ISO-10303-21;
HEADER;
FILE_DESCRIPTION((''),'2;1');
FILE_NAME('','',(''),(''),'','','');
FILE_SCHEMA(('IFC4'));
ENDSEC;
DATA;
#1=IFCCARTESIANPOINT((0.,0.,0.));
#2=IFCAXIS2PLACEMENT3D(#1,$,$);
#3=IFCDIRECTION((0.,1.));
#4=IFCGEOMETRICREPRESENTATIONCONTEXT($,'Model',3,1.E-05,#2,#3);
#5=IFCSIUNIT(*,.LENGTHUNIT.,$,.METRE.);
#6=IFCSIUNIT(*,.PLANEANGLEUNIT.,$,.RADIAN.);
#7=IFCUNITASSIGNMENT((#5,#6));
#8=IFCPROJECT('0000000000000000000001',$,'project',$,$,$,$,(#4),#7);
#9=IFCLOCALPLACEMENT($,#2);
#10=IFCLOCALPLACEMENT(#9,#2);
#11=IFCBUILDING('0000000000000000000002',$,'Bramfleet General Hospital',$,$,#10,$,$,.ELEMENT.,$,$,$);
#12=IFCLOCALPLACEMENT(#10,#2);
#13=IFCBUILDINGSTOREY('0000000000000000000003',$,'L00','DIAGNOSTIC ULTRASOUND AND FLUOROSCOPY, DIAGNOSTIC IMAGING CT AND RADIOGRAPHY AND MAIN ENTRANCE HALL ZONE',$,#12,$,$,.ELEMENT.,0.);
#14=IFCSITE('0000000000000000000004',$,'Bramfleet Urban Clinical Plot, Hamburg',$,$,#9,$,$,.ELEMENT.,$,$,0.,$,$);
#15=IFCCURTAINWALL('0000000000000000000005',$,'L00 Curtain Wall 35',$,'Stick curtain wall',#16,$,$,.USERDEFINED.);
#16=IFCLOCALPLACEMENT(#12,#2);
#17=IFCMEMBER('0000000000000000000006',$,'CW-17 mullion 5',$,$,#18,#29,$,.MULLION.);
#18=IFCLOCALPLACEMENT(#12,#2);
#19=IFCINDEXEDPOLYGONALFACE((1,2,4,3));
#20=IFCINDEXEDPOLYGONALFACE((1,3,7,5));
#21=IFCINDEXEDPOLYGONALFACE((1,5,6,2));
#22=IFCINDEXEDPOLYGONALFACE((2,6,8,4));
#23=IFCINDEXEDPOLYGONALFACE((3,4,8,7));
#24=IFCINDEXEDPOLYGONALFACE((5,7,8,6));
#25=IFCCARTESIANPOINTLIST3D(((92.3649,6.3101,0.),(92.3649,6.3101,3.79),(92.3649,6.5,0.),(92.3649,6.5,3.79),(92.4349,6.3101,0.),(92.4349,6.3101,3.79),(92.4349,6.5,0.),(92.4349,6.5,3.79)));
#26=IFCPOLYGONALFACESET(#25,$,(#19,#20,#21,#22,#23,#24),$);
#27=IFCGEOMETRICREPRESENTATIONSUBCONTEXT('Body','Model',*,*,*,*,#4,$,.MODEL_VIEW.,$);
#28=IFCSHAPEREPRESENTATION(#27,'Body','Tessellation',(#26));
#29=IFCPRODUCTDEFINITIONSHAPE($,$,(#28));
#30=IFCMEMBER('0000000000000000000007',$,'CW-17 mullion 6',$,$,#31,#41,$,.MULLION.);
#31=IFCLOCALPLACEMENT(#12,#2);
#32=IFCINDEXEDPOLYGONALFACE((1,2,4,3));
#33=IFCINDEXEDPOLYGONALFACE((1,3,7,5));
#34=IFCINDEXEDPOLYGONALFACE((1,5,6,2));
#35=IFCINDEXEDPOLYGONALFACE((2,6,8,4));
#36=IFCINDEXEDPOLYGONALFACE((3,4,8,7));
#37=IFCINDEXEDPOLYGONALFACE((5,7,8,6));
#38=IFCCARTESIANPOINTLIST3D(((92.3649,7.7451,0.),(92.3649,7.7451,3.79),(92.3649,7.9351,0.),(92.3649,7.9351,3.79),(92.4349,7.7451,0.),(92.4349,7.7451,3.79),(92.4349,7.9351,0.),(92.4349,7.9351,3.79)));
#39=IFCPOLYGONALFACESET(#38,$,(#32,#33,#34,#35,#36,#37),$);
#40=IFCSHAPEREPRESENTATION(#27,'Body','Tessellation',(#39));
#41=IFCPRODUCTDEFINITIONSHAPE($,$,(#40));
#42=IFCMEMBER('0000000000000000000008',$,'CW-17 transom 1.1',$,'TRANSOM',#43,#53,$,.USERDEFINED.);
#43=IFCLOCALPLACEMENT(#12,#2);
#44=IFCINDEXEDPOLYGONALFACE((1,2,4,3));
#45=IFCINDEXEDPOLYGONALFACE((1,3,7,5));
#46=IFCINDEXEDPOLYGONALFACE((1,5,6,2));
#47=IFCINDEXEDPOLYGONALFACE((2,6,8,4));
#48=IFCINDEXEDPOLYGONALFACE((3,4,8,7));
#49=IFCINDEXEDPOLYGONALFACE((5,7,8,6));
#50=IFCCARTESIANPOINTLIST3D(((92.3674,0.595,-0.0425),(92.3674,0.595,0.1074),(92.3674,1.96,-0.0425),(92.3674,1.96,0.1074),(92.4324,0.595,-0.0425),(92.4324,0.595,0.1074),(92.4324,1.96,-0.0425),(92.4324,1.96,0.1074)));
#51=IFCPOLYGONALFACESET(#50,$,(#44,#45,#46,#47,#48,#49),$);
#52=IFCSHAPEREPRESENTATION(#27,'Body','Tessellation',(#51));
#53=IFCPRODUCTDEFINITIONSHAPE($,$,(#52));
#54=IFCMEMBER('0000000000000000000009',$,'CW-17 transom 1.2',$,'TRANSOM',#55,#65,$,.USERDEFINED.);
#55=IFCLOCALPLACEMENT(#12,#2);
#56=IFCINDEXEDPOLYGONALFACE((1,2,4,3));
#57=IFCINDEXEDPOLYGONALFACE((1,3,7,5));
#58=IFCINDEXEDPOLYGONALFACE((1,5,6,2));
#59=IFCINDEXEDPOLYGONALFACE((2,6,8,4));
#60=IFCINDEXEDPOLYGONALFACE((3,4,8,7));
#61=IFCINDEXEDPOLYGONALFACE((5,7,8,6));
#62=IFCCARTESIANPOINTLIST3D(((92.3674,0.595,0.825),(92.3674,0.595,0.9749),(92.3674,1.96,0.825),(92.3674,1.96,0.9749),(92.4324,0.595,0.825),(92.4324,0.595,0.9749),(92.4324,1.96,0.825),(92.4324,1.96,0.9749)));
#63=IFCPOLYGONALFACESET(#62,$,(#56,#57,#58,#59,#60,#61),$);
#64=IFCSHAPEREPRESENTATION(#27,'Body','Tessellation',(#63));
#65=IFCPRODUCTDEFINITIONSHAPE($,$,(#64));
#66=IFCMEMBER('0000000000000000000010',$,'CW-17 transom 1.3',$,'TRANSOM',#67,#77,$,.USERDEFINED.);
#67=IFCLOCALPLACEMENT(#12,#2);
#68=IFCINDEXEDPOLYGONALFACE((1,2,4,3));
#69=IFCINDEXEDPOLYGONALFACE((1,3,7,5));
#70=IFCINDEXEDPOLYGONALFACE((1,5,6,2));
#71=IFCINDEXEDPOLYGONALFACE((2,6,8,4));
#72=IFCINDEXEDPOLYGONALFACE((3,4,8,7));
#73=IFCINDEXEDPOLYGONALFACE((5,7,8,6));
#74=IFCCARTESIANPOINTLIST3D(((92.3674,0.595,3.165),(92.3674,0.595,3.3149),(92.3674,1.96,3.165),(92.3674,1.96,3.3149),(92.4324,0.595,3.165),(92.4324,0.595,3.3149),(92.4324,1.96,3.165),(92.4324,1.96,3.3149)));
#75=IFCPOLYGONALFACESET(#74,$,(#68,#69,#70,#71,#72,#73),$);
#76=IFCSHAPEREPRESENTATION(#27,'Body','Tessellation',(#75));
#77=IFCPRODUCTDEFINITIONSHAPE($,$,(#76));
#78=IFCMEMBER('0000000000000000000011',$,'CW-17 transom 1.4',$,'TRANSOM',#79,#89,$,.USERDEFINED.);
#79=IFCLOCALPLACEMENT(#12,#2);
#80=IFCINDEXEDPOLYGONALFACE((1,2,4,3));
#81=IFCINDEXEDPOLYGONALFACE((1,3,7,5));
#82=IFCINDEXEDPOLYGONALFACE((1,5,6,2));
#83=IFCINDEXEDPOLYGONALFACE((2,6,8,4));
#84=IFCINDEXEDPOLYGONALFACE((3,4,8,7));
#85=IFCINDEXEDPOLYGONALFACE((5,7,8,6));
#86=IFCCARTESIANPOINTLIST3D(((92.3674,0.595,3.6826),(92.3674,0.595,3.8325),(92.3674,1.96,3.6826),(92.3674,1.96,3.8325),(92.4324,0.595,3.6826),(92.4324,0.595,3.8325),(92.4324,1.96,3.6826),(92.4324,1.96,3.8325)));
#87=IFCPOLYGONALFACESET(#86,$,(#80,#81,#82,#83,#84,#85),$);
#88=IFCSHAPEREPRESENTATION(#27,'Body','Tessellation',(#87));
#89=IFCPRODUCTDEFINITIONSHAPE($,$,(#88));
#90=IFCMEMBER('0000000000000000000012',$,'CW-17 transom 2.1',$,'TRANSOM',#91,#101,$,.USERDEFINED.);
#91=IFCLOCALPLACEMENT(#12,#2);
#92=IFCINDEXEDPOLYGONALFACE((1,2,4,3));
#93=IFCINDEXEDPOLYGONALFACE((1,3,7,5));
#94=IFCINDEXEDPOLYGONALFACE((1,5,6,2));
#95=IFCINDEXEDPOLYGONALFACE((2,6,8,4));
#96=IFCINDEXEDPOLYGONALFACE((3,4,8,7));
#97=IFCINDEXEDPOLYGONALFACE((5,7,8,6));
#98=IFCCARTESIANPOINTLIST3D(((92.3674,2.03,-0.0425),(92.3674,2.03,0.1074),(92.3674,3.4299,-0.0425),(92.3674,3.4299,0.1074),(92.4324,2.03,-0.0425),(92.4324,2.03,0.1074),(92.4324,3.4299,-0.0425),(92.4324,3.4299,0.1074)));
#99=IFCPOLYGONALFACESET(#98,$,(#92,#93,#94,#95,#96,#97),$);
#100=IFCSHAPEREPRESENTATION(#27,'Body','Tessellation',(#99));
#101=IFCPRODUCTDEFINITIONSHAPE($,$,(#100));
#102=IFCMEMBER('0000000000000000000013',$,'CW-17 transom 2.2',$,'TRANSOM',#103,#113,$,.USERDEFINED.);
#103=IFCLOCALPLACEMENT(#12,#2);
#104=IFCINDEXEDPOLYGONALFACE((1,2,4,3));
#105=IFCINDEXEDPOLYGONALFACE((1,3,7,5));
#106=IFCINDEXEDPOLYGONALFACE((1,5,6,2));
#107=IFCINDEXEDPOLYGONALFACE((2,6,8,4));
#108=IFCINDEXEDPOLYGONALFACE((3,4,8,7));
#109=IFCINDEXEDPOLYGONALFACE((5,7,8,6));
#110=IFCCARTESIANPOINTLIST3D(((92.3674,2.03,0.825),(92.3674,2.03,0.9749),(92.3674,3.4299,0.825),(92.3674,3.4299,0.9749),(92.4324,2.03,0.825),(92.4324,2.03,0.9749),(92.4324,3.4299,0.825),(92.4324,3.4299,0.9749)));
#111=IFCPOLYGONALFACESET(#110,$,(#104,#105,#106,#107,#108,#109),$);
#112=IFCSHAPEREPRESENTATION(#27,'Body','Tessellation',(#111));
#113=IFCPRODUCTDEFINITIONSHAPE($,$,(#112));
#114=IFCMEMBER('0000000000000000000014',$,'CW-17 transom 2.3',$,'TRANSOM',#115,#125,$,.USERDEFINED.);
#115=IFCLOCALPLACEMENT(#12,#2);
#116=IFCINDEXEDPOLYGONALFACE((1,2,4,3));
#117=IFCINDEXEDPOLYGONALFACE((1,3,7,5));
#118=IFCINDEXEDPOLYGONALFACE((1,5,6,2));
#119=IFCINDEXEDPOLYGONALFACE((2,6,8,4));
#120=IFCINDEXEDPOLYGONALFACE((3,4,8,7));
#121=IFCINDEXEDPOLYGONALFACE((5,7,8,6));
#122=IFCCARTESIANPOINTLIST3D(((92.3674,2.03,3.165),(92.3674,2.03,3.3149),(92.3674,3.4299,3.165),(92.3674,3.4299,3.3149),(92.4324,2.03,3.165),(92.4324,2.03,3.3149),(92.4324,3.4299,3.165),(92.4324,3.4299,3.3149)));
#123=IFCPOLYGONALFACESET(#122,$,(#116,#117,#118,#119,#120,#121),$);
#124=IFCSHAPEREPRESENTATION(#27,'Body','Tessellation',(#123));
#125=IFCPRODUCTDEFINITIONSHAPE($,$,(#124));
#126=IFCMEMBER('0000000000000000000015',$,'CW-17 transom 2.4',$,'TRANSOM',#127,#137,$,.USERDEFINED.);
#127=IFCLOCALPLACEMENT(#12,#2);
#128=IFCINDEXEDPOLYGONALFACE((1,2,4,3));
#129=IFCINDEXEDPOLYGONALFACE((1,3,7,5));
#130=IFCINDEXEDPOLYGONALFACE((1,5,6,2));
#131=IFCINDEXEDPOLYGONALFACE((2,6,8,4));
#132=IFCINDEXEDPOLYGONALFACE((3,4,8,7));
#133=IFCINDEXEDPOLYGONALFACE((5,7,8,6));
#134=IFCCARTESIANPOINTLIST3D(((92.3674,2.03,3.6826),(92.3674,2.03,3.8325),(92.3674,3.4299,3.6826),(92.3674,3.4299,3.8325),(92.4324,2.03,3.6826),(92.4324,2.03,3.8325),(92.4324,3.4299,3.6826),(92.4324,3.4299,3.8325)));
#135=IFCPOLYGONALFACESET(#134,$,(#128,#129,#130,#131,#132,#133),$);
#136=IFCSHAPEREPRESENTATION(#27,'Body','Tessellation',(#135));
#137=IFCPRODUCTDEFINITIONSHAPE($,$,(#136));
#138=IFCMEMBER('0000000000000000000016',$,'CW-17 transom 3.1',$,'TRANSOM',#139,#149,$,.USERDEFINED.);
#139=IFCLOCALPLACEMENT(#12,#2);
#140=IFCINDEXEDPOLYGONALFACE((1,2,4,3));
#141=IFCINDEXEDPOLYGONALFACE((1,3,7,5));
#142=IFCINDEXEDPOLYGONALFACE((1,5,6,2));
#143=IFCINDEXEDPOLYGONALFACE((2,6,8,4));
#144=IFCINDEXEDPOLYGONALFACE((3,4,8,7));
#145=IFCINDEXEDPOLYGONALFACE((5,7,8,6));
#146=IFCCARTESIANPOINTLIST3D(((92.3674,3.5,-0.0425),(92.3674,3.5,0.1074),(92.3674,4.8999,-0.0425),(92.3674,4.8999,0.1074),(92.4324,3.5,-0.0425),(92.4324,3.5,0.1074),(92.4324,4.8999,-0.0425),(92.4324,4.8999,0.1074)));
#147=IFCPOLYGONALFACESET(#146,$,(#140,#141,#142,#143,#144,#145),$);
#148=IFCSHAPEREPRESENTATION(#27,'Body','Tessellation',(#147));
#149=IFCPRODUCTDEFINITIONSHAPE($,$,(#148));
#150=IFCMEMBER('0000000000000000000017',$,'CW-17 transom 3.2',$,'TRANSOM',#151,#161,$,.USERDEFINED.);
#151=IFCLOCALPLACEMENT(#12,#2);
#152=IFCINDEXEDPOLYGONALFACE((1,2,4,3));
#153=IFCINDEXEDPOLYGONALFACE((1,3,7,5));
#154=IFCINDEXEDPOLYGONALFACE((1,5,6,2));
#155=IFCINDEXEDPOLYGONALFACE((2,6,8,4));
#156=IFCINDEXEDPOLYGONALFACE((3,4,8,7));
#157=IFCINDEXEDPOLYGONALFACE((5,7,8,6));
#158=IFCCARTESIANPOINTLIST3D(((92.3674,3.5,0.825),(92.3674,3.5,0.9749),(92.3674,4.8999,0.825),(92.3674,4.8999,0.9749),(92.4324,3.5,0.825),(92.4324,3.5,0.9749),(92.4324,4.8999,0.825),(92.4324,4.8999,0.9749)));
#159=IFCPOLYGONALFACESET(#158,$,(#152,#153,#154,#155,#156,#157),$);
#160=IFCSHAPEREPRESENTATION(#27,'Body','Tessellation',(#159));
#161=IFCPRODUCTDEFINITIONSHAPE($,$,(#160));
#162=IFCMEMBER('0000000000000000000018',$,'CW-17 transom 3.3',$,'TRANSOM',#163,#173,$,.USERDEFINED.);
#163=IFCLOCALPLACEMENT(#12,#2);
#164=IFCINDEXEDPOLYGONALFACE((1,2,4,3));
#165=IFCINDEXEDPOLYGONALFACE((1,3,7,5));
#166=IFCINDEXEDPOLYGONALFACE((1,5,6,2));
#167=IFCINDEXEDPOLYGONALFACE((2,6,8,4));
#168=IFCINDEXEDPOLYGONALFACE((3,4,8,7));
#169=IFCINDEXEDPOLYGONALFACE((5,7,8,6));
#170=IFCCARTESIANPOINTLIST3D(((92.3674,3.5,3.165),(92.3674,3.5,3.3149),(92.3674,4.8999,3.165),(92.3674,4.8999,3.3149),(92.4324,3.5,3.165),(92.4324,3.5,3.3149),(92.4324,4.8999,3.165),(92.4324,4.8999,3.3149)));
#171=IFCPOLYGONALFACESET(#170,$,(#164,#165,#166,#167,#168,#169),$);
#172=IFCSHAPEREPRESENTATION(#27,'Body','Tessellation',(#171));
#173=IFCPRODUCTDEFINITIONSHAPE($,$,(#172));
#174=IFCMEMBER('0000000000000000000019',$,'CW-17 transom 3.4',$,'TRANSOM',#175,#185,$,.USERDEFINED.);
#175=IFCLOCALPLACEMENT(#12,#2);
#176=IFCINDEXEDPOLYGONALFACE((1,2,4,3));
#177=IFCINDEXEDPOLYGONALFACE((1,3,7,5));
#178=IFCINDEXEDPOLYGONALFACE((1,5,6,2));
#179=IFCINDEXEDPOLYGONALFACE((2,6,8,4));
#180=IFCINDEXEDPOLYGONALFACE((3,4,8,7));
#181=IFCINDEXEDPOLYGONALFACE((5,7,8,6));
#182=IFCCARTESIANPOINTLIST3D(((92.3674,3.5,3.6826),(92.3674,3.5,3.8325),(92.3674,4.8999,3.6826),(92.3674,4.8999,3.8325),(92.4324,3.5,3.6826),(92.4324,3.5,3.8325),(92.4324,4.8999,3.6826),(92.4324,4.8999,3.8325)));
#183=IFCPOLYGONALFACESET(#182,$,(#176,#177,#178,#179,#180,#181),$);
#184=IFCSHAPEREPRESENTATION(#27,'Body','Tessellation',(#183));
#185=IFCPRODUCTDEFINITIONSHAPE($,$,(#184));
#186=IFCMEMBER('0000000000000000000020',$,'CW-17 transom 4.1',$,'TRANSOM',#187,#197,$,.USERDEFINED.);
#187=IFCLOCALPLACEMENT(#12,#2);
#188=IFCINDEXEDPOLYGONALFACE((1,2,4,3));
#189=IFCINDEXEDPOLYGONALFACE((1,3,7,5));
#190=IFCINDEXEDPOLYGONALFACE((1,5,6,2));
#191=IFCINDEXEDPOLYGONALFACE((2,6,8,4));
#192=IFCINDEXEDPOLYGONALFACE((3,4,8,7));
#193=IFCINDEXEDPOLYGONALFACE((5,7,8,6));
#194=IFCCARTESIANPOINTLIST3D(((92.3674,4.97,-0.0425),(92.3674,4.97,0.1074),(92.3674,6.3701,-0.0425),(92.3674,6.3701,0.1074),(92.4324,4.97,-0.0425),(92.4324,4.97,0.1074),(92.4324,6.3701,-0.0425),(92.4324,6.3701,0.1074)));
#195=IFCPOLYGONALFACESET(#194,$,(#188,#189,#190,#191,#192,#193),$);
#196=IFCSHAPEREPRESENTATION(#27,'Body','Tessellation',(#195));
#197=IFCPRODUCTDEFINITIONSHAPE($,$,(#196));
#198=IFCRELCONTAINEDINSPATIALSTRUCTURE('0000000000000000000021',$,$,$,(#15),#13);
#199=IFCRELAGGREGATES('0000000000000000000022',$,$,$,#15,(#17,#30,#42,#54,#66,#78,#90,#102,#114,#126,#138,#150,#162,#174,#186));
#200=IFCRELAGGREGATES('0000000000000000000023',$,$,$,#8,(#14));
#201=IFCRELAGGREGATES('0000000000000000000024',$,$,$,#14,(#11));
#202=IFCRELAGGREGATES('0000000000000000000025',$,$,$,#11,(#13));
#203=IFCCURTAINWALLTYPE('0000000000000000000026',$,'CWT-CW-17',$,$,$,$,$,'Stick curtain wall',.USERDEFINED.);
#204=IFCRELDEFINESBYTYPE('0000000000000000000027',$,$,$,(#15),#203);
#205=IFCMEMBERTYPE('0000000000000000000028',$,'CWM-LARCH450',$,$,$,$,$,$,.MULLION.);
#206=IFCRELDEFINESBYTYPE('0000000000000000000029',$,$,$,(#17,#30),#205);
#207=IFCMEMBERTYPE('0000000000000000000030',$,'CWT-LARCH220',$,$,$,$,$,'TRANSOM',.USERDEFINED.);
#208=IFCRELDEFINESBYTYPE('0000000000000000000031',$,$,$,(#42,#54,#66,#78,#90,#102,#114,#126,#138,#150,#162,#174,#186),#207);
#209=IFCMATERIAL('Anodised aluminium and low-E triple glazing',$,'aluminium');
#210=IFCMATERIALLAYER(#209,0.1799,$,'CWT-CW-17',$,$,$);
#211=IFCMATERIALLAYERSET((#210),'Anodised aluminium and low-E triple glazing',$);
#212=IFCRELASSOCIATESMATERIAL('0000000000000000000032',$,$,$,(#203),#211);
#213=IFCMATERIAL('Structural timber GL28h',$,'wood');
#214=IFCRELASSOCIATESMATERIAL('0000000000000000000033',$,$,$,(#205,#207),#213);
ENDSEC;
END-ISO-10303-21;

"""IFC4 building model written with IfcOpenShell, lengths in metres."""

from ifc_helpers import new_model, si_unit, direction, frame, origin, origin_2d, place, context, subcontext, project, spatial, rectangle, extrude, material, layer, layer_set, material_profile, profile_set, type_object, element, aggregate, save


model = new_model("IFC4")

# Units and contexts
model_context = context("Model", 3, precision=1e-05, world=origin(), true_north=direction((0.0, 1.0)))
body_context = subcontext(model_context, "Body", "Model", "MODEL_VIEW")
ifc_project = project(units=[si_unit("LENGTHUNIT", "METRE"), si_unit("PLANEANGLEUNIT", "RADIAN")], contexts=[model_context])

# Site, building, storey
site_placement = place(None, origin())
site = spatial("IfcSite", under=ifc_project, at=site_placement, Name="Bramfleet Urban Clinical Plot, Hamburg", CompositionType="ELEMENT", RefElevation=0.0)
building_placement = place(site_placement, origin())
building = spatial("IfcBuilding", under=site, at=building_placement, Name="Bramfleet General Hospital", CompositionType="ELEMENT")
storey_placement = place(building_placement, origin())
storey = spatial("IfcBuildingStorey", under=building, at=storey_placement, Name="L00", Description="DIAGNOSTIC ULTRASOUND AND FLUOROSCOPY, DIAGNOSTIC IMAGING CT AND RADIOGRAPHY AND MAIN ENTRANCE HALL ZONE", CompositionType="ELEMENT", Elevation=0.0)

# Curtain wall, members
ifc_material_1 = material(Name="Anodised aluminium and low-E triple glazing", Category="aluminium")
ifc_layer_1 = layer(ifc_material_1, 0.1799, Name="CWT-CW-17")
ifc_layer_set_1 = layer_set([ifc_layer_1], Name="Anodised aluminium and low-E triple glazing")
curtain_wall_type = type_object("IfcCurtainWallType", Name="CWT-CW-17", ElementType="Stick curtain wall", PredefinedType="USERDEFINED", material=ifc_layer_set_1)
curtain_wall_placement = place(storey_placement, origin())
curtain_wall = element("IfcCurtainWall", 1, at=curtain_wall_placement, inside=storey, type_object=curtain_wall_type, Name="L00 Curtain Wall 35", ObjectType="Stick curtain wall", PredefinedType="USERDEFINED")
ifc_material_2 = material(Name="Structural timber GL28h", Category="wood")
ifc_material_profile_1 = material_profile(ifc_material_2, rectangle(XDim=0.0701, YDim=0.1899, at=origin_2d()), Name="LARCH 190x70")
ifc_profile_set_1 = profile_set([ifc_material_profile_1], Name="Structural timber GL28h")
member_type_1 = type_object("IfcMemberType", Name="CWM-LARCH450", PredefinedType="MULLION", material=ifc_profile_set_1)
member_1_placement = place(storey_placement, frame((92.3999, 6.405, 0.0), z_axis=(0.0, 0.0, 1.0), x_axis=(-1.0, 0.0, 0.0)))
member_1 = element("IfcMember", 2, at=member_1_placement, type_object=member_type_1, Name="CW-17 mullion 5", PredefinedType="MULLION", context=body_context, shape_type="SweptSolid", body=[
    extrude(rectangle(XDim=0.0701, YDim=0.1899, at=origin_2d()), origin(), (0.0, 0.0, 1.0), 3.79),
])
member_2_placement = place(storey_placement, frame((92.3999, 7.8401, 0.0), z_axis=(0.0, 0.0, 1.0), x_axis=(-1.0, 0.0, 0.0)))
member_2 = element("IfcMember", 3, at=member_2_placement, type_object=member_type_1, Name="CW-17 mullion 6", PredefinedType="MULLION", context=body_context, shape_type="SweptSolid", body=[
    extrude(rectangle(XDim=0.0701, YDim=0.1899, at=origin_2d()), origin(), (0.0, 0.0, 1.0), 3.79),
])
ifc_material_profile_2 = material_profile(ifc_material_2, rectangle(XDim=0.0649, YDim=0.1499, at=origin_2d()), Name="LARCH 150x65")
ifc_profile_set_2 = profile_set([ifc_material_profile_2], Name="Structural timber GL28h")
member_type_2 = type_object("IfcMemberType", Name="CWT-LARCH220", ElementType="TRANSOM", PredefinedType="USERDEFINED", material=ifc_profile_set_2)
member_3_placement = place(storey_placement, frame((92.3999, 0.595, 0.0325), z_axis=(0.0, 1.0, 0.0), x_axis=(-1.0, 0.0, 0.0)))
member_3 = element("IfcMember", 4, at=member_3_placement, type_object=member_type_2, Name="CW-17 transom 1.1", ObjectType="TRANSOM", PredefinedType="USERDEFINED", context=body_context, shape_type="SweptSolid", body=[
    extrude(rectangle(XDim=0.0649, YDim=0.1499, at=origin_2d()), origin(), (0.0, 0.0, 1.0), 1.365),
])
member_4_placement = place(storey_placement, frame((92.3999, 0.595, 0.8999), z_axis=(0.0, 1.0, 0.0), x_axis=(-1.0, 0.0, 0.0)))
member_4 = element("IfcMember", 5, at=member_4_placement, type_object=member_type_2, Name="CW-17 transom 1.2", ObjectType="TRANSOM", PredefinedType="USERDEFINED", context=body_context, shape_type="SweptSolid", body=[
    extrude(rectangle(XDim=0.0649, YDim=0.1499, at=origin_2d()), origin(), (0.0, 0.0, 1.0), 1.365),
])
member_5_placement = place(storey_placement, frame((92.3999, 0.595, 3.24), z_axis=(0.0, 1.0, 0.0), x_axis=(-1.0, 0.0, 0.0)))
member_5 = element("IfcMember", 6, at=member_5_placement, type_object=member_type_2, Name="CW-17 transom 1.3", ObjectType="TRANSOM", PredefinedType="USERDEFINED", context=body_context, shape_type="SweptSolid", body=[
    extrude(rectangle(XDim=0.0649, YDim=0.1499, at=origin_2d()), origin(), (0.0, 0.0, 1.0), 1.365),
])
member_6_placement = place(storey_placement, frame((92.3999, 0.595, 3.7576), z_axis=(0.0, 1.0, 0.0), x_axis=(-1.0, 0.0, 0.0)))
member_6 = element("IfcMember", 7, at=member_6_placement, type_object=member_type_2, Name="CW-17 transom 1.4", ObjectType="TRANSOM", PredefinedType="USERDEFINED", context=body_context, shape_type="SweptSolid", body=[
    extrude(rectangle(XDim=0.0649, YDim=0.1499, at=origin_2d()), origin(), (0.0, 0.0, 1.0), 1.365),
])
member_7_placement = place(storey_placement, frame((92.3999, 2.03, 0.0325), z_axis=(0.0, 1.0, 0.0), x_axis=(-1.0, 0.0, 0.0)))
member_7 = element("IfcMember", 8, at=member_7_placement, type_object=member_type_2, Name="CW-17 transom 2.1", ObjectType="TRANSOM", PredefinedType="USERDEFINED", context=body_context, shape_type="SweptSolid", body=[
    extrude(rectangle(XDim=0.0649, YDim=0.1499, at=origin_2d()), origin(), (0.0, 0.0, 1.0), 1.3999),
])
member_8_placement = place(storey_placement, frame((92.3999, 2.03, 0.8999), z_axis=(0.0, 1.0, 0.0), x_axis=(-1.0, 0.0, 0.0)))
member_8 = element("IfcMember", 9, at=member_8_placement, type_object=member_type_2, Name="CW-17 transom 2.2", ObjectType="TRANSOM", PredefinedType="USERDEFINED", context=body_context, shape_type="SweptSolid", body=[
    extrude(rectangle(XDim=0.0649, YDim=0.1499, at=origin_2d()), origin(), (0.0, 0.0, 1.0), 1.3999),
])
member_9_placement = place(storey_placement, frame((92.3999, 2.03, 3.24), z_axis=(0.0, 1.0, 0.0), x_axis=(-1.0, 0.0, 0.0)))
member_9 = element("IfcMember", 10, at=member_9_placement, type_object=member_type_2, Name="CW-17 transom 2.3", ObjectType="TRANSOM", PredefinedType="USERDEFINED", context=body_context, shape_type="SweptSolid", body=[
    extrude(rectangle(XDim=0.0649, YDim=0.1499, at=origin_2d()), origin(), (0.0, 0.0, 1.0), 1.3999),
])
member_10_placement = place(storey_placement, frame((92.3999, 2.03, 3.7576), z_axis=(0.0, 1.0, 0.0), x_axis=(-1.0, 0.0, 0.0)))
member_10 = element("IfcMember", 11, at=member_10_placement, type_object=member_type_2, Name="CW-17 transom 2.4", ObjectType="TRANSOM", PredefinedType="USERDEFINED", context=body_context, shape_type="SweptSolid", body=[
    extrude(rectangle(XDim=0.0649, YDim=0.1499, at=origin_2d()), origin(), (0.0, 0.0, 1.0), 1.3999),
])
member_11_placement = place(storey_placement, frame((92.3999, 3.5, 0.0325), z_axis=(0.0, 1.0, 0.0), x_axis=(-1.0, 0.0, 0.0)))
member_11 = element("IfcMember", 12, at=member_11_placement, type_object=member_type_2, Name="CW-17 transom 3.1", ObjectType="TRANSOM", PredefinedType="USERDEFINED", context=body_context, shape_type="SweptSolid", body=[
    extrude(rectangle(XDim=0.0649, YDim=0.1499, at=origin_2d()), origin(), (0.0, 0.0, 1.0), 1.3999),
])
member_12_placement = place(storey_placement, frame((92.3999, 3.5, 0.8999), z_axis=(0.0, 1.0, 0.0), x_axis=(-1.0, 0.0, 0.0)))
member_12 = element("IfcMember", 13, at=member_12_placement, type_object=member_type_2, Name="CW-17 transom 3.2", ObjectType="TRANSOM", PredefinedType="USERDEFINED", context=body_context, shape_type="SweptSolid", body=[
    extrude(rectangle(XDim=0.0649, YDim=0.1499, at=origin_2d()), origin(), (0.0, 0.0, 1.0), 1.3999),
])
member_13_placement = place(storey_placement, frame((92.3999, 3.5, 3.24), z_axis=(0.0, 1.0, 0.0), x_axis=(-1.0, 0.0, 0.0)))
member_13 = element("IfcMember", 14, at=member_13_placement, type_object=member_type_2, Name="CW-17 transom 3.3", ObjectType="TRANSOM", PredefinedType="USERDEFINED", context=body_context, shape_type="SweptSolid", body=[
    extrude(rectangle(XDim=0.0649, YDim=0.1499, at=origin_2d()), origin(), (0.0, 0.0, 1.0), 1.3999),
])
member_14_placement = place(storey_placement, frame((92.3999, 3.5, 3.7576), z_axis=(0.0, 1.0, 0.0), x_axis=(-1.0, 0.0, 0.0)))
member_14 = element("IfcMember", 15, at=member_14_placement, type_object=member_type_2, Name="CW-17 transom 3.4", ObjectType="TRANSOM", PredefinedType="USERDEFINED", context=body_context, shape_type="SweptSolid", body=[
    extrude(rectangle(XDim=0.0649, YDim=0.1499, at=origin_2d()), origin(), (0.0, 0.0, 1.0), 1.3999),
])
member_15_placement = place(storey_placement, frame((92.3999, 4.97, 0.0325), z_axis=(0.0, 1.0, 0.0), x_axis=(-1.0, 0.0, 0.0)))
member_15 = element("IfcMember", 16, at=member_15_placement, type_object=member_type_2, Name="CW-17 transom 4.1", ObjectType="TRANSOM", PredefinedType="USERDEFINED", context=body_context, shape_type="SweptSolid", body=[
    extrude(rectangle(XDim=0.0649, YDim=0.1499, at=origin_2d()), origin(), (0.0, 0.0, 1.0), 1.4001),
])
aggregate(curtain_wall, [member_1, member_2, member_3, member_4, member_5, member_6, member_7, member_8, member_9, member_10, member_11, member_12, member_13, member_14, member_15])

save(model, "model.ifc")
